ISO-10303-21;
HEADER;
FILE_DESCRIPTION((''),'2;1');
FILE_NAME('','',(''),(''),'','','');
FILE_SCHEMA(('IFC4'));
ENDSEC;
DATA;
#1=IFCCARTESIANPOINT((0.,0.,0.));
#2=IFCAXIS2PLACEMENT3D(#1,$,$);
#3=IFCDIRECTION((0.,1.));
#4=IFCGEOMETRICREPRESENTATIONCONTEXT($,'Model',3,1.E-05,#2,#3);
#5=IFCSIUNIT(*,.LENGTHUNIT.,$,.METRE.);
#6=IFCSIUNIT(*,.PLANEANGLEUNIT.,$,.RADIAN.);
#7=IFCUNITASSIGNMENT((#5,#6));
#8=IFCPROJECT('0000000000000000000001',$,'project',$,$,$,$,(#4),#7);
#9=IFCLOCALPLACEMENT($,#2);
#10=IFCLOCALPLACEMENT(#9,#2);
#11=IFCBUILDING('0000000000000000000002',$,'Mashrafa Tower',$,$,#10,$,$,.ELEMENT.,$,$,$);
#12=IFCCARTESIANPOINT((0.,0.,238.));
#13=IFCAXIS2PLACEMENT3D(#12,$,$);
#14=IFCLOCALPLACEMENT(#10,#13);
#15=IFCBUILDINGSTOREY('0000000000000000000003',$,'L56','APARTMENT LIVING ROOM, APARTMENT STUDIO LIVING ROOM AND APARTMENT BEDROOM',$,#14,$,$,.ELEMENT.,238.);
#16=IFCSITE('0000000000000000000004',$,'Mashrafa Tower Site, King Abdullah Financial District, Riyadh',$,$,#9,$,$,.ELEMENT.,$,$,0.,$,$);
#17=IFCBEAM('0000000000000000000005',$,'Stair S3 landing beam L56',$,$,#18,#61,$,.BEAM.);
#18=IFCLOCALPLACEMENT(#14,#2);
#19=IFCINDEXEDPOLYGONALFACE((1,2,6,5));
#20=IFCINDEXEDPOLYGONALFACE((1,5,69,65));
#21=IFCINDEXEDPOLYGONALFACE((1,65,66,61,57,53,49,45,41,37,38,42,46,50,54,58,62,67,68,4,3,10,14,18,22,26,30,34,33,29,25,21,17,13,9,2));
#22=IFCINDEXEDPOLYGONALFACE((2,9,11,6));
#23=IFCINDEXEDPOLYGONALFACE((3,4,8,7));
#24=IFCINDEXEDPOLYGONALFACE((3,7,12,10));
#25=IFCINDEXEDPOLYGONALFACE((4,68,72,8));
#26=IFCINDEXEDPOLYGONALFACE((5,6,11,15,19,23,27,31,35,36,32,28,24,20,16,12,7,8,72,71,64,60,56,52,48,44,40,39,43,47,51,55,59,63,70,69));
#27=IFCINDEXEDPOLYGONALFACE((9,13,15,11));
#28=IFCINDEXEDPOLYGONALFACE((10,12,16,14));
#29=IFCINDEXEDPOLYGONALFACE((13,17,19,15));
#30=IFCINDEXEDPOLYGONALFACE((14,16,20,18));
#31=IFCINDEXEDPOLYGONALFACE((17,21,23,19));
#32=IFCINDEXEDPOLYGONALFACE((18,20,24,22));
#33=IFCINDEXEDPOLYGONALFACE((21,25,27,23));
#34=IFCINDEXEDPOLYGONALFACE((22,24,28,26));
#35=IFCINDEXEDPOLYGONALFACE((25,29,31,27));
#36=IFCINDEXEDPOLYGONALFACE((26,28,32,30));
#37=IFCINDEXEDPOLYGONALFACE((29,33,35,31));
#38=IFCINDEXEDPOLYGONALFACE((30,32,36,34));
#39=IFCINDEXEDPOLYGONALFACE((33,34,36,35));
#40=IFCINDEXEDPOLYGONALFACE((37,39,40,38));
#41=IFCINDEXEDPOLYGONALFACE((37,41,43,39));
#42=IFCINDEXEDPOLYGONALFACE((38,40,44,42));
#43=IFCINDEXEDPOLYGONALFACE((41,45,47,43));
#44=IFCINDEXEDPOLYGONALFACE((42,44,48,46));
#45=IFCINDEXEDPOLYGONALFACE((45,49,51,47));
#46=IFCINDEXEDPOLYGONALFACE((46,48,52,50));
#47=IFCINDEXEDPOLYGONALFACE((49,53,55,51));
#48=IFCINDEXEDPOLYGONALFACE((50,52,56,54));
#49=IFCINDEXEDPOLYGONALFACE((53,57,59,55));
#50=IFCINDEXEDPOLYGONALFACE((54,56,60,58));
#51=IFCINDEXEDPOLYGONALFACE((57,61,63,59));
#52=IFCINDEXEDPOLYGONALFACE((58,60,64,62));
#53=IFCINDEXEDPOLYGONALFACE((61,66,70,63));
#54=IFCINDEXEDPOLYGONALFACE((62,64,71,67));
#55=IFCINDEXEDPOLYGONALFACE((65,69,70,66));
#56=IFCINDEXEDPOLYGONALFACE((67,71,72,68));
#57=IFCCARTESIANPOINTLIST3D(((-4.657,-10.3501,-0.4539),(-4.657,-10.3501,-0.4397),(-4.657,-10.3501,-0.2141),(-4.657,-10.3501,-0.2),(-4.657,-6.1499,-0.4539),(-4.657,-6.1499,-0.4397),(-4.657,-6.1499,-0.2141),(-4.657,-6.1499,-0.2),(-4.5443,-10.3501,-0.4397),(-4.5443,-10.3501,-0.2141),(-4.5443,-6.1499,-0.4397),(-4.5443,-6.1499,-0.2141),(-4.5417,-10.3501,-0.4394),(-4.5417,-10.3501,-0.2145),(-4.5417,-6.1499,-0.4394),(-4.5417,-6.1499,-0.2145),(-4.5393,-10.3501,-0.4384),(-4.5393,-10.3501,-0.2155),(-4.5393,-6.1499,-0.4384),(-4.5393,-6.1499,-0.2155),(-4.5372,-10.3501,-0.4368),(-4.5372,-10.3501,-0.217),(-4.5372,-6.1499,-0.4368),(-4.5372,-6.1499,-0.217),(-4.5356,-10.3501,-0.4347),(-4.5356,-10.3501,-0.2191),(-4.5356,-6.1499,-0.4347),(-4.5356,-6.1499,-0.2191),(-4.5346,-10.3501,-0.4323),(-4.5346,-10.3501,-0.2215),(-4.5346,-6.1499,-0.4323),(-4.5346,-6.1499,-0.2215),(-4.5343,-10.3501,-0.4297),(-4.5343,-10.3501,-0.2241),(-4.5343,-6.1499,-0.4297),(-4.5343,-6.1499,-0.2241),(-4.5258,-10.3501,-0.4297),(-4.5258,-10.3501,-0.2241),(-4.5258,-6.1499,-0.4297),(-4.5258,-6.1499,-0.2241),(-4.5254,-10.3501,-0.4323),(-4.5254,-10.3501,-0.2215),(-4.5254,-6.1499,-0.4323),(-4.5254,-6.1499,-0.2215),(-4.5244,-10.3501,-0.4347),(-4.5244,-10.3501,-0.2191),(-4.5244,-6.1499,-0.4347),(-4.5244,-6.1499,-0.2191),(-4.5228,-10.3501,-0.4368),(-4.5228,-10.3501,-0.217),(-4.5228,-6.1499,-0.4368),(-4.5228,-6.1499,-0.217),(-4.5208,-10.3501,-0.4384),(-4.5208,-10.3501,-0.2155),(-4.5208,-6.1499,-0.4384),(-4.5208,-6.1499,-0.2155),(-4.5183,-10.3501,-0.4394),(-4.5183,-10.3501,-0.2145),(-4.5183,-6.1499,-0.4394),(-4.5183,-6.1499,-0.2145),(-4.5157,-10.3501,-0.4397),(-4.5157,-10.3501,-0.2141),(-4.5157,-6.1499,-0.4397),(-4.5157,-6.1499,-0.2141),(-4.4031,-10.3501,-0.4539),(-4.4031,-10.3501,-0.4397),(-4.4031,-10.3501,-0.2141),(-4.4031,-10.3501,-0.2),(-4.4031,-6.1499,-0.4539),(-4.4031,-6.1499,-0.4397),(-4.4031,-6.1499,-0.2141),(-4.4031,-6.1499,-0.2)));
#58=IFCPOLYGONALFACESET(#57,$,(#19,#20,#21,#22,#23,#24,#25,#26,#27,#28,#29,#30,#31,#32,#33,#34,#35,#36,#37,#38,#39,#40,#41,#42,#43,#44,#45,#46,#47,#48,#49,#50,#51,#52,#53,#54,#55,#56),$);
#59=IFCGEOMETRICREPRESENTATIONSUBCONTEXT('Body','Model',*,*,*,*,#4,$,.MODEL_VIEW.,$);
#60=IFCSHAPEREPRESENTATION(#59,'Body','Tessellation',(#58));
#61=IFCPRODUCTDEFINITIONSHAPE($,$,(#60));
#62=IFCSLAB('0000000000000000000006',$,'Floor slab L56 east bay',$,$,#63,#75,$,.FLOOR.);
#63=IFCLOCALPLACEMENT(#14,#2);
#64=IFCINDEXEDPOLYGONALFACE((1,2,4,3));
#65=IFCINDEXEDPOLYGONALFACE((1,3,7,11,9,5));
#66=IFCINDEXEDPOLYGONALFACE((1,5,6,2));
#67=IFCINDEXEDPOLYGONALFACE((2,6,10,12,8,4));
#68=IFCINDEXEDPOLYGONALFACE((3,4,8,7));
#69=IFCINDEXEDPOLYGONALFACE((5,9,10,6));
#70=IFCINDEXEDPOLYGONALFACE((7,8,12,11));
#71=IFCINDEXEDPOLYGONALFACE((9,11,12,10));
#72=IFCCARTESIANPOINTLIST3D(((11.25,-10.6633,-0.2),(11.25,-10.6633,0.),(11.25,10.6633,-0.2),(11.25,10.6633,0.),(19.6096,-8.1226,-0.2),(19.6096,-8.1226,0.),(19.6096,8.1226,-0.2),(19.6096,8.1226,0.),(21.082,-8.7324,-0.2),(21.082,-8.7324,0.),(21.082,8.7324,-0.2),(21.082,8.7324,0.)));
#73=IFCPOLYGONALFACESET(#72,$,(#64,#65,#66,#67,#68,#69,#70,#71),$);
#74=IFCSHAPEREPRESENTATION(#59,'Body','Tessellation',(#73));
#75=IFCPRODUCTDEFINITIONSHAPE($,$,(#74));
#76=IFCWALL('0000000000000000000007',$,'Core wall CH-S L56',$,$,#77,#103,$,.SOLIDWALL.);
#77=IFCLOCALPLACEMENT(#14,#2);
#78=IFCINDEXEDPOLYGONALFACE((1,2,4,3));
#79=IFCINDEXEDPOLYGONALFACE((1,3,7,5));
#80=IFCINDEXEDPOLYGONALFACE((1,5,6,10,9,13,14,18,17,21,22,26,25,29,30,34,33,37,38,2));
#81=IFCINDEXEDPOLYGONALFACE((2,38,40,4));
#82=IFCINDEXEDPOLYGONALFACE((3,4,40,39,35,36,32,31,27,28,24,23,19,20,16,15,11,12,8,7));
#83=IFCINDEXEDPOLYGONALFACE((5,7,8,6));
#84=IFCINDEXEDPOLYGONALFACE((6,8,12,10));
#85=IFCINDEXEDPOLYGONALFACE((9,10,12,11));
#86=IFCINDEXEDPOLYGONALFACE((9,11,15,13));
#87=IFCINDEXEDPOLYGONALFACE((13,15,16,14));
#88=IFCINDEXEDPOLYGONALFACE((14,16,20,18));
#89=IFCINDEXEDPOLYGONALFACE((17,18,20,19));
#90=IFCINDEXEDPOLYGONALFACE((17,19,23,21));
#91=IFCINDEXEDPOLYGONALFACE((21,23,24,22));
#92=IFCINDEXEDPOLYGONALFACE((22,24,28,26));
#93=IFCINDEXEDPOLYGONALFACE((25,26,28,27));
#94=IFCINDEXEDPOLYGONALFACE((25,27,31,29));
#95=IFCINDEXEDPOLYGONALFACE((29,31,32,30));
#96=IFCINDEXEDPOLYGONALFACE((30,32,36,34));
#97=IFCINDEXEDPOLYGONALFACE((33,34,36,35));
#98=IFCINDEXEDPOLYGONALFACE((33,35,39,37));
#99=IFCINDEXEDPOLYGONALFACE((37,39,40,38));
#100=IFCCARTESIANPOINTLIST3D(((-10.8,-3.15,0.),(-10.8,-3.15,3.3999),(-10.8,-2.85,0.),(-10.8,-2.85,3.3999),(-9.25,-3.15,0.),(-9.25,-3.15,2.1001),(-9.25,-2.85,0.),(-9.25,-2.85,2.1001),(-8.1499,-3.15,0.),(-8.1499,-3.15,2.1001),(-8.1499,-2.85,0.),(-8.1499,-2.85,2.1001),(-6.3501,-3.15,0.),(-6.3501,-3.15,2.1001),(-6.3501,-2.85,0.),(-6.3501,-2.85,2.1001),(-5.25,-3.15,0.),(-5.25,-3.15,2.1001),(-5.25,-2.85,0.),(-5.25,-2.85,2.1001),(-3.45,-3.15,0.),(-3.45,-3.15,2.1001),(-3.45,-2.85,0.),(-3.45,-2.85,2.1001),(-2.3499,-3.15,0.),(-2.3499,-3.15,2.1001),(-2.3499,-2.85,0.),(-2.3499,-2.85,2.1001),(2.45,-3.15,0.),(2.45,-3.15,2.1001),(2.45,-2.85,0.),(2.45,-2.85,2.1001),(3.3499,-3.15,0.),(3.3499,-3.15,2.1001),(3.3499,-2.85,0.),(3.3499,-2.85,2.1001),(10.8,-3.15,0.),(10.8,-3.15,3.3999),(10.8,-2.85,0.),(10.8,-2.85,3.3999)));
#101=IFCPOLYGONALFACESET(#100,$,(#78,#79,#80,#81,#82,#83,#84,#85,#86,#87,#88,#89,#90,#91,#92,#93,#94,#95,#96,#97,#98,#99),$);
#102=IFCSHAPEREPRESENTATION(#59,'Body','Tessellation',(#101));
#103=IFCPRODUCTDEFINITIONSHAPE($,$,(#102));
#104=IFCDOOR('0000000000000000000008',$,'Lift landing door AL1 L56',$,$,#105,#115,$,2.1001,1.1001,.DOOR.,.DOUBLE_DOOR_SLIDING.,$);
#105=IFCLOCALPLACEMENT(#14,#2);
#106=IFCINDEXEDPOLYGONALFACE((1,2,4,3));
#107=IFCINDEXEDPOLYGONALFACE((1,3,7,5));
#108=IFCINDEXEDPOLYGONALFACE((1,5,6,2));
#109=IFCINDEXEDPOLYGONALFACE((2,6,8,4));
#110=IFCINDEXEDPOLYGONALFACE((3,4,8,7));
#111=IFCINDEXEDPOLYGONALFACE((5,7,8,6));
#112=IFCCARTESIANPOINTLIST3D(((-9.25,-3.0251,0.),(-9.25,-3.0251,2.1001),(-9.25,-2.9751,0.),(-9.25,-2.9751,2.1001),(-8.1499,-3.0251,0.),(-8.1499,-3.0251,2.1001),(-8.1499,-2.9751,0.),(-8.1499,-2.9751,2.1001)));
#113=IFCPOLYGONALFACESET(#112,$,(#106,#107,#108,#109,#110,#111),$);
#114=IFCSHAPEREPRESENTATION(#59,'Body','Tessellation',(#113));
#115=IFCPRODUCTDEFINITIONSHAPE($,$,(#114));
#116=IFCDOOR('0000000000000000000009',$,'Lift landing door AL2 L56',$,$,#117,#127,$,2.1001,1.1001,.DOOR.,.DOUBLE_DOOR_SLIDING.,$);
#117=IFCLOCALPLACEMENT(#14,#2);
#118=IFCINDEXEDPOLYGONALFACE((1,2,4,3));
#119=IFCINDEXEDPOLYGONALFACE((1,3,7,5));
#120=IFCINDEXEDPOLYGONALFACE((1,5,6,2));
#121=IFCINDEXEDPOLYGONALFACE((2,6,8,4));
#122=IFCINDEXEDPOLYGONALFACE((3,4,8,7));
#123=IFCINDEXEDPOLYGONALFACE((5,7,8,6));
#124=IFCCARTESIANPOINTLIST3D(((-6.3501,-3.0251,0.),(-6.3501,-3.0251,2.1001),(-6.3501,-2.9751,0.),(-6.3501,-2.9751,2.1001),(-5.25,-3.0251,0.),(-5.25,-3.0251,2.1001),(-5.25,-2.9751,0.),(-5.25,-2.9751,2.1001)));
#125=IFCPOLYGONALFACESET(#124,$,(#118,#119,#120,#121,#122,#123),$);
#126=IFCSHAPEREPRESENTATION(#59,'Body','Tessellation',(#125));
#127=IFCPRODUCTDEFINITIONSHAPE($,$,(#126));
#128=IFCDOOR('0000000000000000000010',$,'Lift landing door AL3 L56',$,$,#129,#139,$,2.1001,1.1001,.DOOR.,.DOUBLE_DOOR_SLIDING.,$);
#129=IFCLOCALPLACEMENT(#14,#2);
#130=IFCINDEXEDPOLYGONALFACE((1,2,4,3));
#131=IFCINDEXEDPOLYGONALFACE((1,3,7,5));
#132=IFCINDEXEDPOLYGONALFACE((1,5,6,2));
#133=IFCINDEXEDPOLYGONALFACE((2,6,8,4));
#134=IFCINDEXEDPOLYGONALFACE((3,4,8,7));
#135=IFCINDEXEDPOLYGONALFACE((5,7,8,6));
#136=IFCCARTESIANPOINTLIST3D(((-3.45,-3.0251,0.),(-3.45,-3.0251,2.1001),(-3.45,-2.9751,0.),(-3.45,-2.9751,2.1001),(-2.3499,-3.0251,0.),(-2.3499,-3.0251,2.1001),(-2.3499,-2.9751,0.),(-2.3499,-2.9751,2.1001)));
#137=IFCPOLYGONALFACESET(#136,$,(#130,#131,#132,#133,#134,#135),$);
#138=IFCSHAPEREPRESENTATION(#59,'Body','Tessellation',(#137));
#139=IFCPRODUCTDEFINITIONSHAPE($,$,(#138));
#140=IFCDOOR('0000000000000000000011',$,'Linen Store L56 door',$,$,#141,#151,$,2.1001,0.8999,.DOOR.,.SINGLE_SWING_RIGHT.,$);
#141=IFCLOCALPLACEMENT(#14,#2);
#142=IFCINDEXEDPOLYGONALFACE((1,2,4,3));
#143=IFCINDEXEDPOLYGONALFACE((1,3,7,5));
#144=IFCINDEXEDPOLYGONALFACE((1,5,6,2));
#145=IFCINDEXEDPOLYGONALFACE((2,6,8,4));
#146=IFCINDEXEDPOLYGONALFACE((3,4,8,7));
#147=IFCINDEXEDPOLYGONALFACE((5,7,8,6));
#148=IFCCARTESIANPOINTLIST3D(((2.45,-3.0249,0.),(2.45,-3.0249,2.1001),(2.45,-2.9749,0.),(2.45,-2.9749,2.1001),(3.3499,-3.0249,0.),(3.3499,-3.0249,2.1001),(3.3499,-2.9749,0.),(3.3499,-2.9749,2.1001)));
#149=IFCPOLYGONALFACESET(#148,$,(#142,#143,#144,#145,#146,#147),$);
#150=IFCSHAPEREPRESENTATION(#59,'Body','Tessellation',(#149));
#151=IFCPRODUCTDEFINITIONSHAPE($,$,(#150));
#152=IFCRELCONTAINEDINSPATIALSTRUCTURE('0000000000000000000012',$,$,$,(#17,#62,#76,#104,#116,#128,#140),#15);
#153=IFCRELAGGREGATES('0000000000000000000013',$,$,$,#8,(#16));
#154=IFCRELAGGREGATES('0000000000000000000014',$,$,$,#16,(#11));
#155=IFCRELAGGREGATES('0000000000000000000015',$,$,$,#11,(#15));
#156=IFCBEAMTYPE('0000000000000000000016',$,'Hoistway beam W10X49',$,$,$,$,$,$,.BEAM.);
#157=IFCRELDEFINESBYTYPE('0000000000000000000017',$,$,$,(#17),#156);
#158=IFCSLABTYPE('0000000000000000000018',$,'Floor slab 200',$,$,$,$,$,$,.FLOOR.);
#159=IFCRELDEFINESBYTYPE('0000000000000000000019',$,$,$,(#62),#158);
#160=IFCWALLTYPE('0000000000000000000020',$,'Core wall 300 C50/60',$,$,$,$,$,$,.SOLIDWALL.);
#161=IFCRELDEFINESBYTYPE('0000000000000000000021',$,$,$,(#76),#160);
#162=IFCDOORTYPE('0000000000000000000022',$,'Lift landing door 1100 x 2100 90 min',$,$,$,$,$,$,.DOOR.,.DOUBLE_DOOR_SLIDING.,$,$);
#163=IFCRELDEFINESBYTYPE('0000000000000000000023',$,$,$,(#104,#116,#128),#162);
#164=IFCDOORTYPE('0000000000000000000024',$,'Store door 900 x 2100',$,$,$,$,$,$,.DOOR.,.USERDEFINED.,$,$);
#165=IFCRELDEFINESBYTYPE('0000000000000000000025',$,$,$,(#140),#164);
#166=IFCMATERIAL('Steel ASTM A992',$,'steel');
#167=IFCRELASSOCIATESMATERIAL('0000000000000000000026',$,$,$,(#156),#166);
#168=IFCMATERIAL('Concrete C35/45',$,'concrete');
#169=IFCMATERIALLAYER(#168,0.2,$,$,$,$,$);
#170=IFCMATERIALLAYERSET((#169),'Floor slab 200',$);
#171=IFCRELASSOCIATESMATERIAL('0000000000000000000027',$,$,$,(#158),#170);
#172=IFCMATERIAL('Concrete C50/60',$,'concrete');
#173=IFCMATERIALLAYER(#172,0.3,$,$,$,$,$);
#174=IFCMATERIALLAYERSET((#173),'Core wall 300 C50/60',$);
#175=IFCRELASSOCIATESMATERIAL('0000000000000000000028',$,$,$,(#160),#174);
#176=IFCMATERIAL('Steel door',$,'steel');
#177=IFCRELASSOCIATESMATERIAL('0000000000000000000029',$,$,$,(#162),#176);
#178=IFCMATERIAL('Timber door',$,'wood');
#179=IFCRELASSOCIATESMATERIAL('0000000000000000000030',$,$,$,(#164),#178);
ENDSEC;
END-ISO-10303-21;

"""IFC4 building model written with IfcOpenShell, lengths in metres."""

from ifc_helpers import new_model, si_unit, direction, frame, frame_2d, origin, origin_2d, place, context, subcontext, project, spatial, polyline, rectangle, i_section, outline, extrude, material, layer, layer_set, material_profile, profile_set, type_object, element, fill, save


model = new_model("IFC4")

# Units and contexts
model_context = context("Model", 3, precision=1e-05, world=origin(), true_north=direction((0.0, 1.0)))
body_context = subcontext(model_context, "Body", "Model", "MODEL_VIEW")
ifc_project = project(units=[si_unit("LENGTHUNIT", "METRE"), si_unit("PLANEANGLEUNIT", "RADIAN")], contexts=[model_context])

# Site, building, storey
site_placement = place(None, origin())
site = spatial("IfcSite", under=ifc_project, at=site_placement, Name="Mashrafa Tower Site, King Abdullah Financial District, Riyadh", CompositionType="ELEMENT", RefElevation=0.0)
building_placement = place(site_placement, origin())
building = spatial("IfcBuilding", under=site, at=building_placement, Name="Mashrafa Tower", CompositionType="ELEMENT")
storey_placement = place(building_placement, frame((0.0, 0.0, 238.0)))
storey = spatial("IfcBuildingStorey", under=building, at=storey_placement, Name="L56", Description="APARTMENT LIVING ROOM, APARTMENT STUDIO LIVING ROOM AND APARTMENT BEDROOM", CompositionType="ELEMENT", Elevation=238.0)

# Beam
ifc_material_1 = material(Name="Steel ASTM A992", Category="steel")
ifc_material_profile_1 = material_profile(ifc_material_1, i_section(OverallWidth=0.2539, OverallDepth=0.2539, WebThickness=0.0085, FlangeThickness=0.0142, FilletRadius=0.01, at=origin_2d()), Name="W10X49")
ifc_profile_set_1 = profile_set([ifc_material_profile_1], Name="Steel ASTM A992")
beam_type_1 = type_object("IfcBeamType", Name="Hoistway beam W10X49", PredefinedType="BEAM", material=ifc_profile_set_1)
beam_1_placement = place(storey_placement, frame((-4.53, -10.3501, -0.3269), z_axis=(0.0, 1.0, 0.0), x_axis=(-1.0, 0.0, 0.0)))
element("IfcBeam", 1, at=beam_1_placement, inside=storey, type_object=beam_type_1, Name="Stair S3 landing beam L56", PredefinedType="BEAM", context=body_context, shape_type="SweptSolid", body=[
    extrude(i_section(OverallWidth=0.2539, OverallDepth=0.2539, WebThickness=0.0085, FlangeThickness=0.0142, FilletRadius=0.01, at=origin_2d()), origin(), (0.0, 0.0, 1.0), 4.2002),
])

# Slab
ifc_material_2 = material(Name="Concrete C35/45", Category="concrete")
ifc_layer_1 = layer(ifc_material_2, 0.2)
ifc_layer_set_1 = layer_set([ifc_layer_1], Name="Floor slab 200")
slab_type = type_object("IfcSlabType", Name="Floor slab 200", PredefinedType="FLOOR", material=ifc_layer_set_1)
slab_placement = place(storey_placement, frame((0.0, 0.0, -0.2)))
element("IfcSlab", 2, at=slab_placement, inside=storey, type_object=slab_type, Name="Floor slab L56 east bay", PredefinedType="FLOOR", context=body_context, shape_type="SweptSolid", body=[
    extrude(outline(polyline([(21.082, -8.7324), (19.6096, -8.1226), (11.25, -10.6633), (11.25, 10.6633), (19.6096, 8.1226), (21.082, 8.7324), (21.082, -8.7324)])), origin(), (0.0, 0.0, 1.0), 0.2),
])

# Wall, openings, doors
ifc_material_3 = material(Name="Concrete C50/60", Category="concrete")
ifc_layer_2 = layer(ifc_material_3, 0.3)
ifc_layer_set_2 = layer_set([ifc_layer_2], Name="Core wall 300 C50/60")
wall_type_1 = type_object("IfcWallType", Name="Core wall 300 C50/60", PredefinedType="SOLIDWALL", material=ifc_layer_set_2)
wall_1_placement = place(storey_placement, frame((-10.8, -3.0, 0.0), z_axis=(0.0, 0.0, 1.0), x_axis=(1.0, 0.0, 0.0)))
wall_1 = element("IfcWall", 3, at=wall_1_placement, inside=storey, type_object=wall_type_1, Name="Core wall CH-S L56", PredefinedType="SOLIDWALL", context=body_context, shape_type="SweptSolid", body=[
    extrude(rectangle(XDim=21.6001, YDim=0.3, at=frame_2d((10.8, 0.0))), origin(), (0.0, 0.0, 1.0), 3.3999),
])
opening_1_placement = place(wall_1_placement, frame((13.25, 0.0, 0.0)))
opening_1 = element("IfcOpeningElement", 4, at=opening_1_placement, cuts=wall_1, PredefinedType="OPENING", context=body_context, shape_type="SweptSolid", body=[
    extrude(rectangle(XDim=0.8999, YDim=2.1001, at=frame_2d((0.45, 1.05))), frame((0.0, 0.1599, 0.0), z_axis=(0.0, -1.0, 0.0), x_axis=(1.0, 0.0, 0.0)), (0.0, 0.0, 1.0), 0.3201),
])
opening_2_placement = place(wall_1_placement, frame((1.55, 0.0, 0.0)))
opening_2 = element("IfcOpeningElement", 5, at=opening_2_placement, cuts=wall_1, PredefinedType="OPENING", context=body_context, shape_type="SweptSolid", body=[
    extrude(rectangle(XDim=1.1001, YDim=2.1001, at=frame_2d((0.55, 1.05))), frame((0.0, 0.1599, 0.0), z_axis=(0.0, -1.0, 0.0), x_axis=(1.0, 0.0, 0.0)), (0.0, 0.0, 1.0), 0.3201),
])
opening_3_placement = place(wall_1_placement, frame((4.45, 0.0, 0.0)))
opening_3 = element("IfcOpeningElement", 6, at=opening_3_placement, cuts=wall_1, PredefinedType="OPENING", context=body_context, shape_type="SweptSolid", body=[
    extrude(rectangle(XDim=1.1001, YDim=2.1001, at=frame_2d((0.55, 1.05))), frame((0.0, 0.1599, 0.0), z_axis=(0.0, -1.0, 0.0), x_axis=(1.0, 0.0, 0.0)), (0.0, 0.0, 1.0), 0.3201),
])
opening_4_placement = place(wall_1_placement, frame((7.3501, 0.0, 0.0)))
opening_4 = element("IfcOpeningElement", 7, at=opening_4_placement, cuts=wall_1, PredefinedType="OPENING", context=body_context, shape_type="SweptSolid", body=[
    extrude(rectangle(XDim=1.1001, YDim=2.1001, at=frame_2d((0.55, 1.05))), frame((0.0, 0.1599, 0.0), z_axis=(0.0, -1.0, 0.0), x_axis=(1.0, 0.0, 0.0)), (0.0, 0.0, 1.0), 0.3201),
])
ifc_material_4 = material(Name="Steel door", Category="steel")
door_type_1 = type_object("IfcDoorType", Name="Lift landing door 1100 x 2100 90 min", OperationType="DOUBLE_DOOR_SLIDING", PredefinedType="DOOR", material=ifc_material_4)
door_1_placement = place(opening_2_placement, origin())
door_1 = element("IfcDoor", 8, at=door_1_placement, inside=storey, type_object=door_type_1, Name="Lift landing door AL1 L56", OperationType="DOUBLE_DOOR_SLIDING", OverallHeight=2.1001, OverallWidth=1.1001, PredefinedType="DOOR", context=body_context, shape_type="SweptSolid", body=[
    extrude(rectangle(XDim=1.1001, YDim=2.1001, at=frame_2d((0.55, 1.05))), frame((0.0, 0.0249, 0.0), z_axis=(0.0, -1.0, 0.0), x_axis=(1.0, 0.0, 0.0)), (0.0, 0.0, 1.0), 0.05),
])
fill(opening_2, door_1)
door_2_placement = place(opening_3_placement, origin())
door_2 = element("IfcDoor", 9, at=door_2_placement, inside=storey, type_object=door_type_1, Name="Lift landing door AL2 L56", OperationType="DOUBLE_DOOR_SLIDING", OverallHeight=2.1001, OverallWidth=1.1001, PredefinedType="DOOR", context=body_context, shape_type="SweptSolid", body=[
    extrude(rectangle(XDim=1.1001, YDim=2.1001, at=frame_2d((0.55, 1.05))), frame((0.0, 0.0249, 0.0), z_axis=(0.0, -1.0, 0.0), x_axis=(1.0, 0.0, 0.0)), (0.0, 0.0, 1.0), 0.05),
])
fill(opening_3, door_2)
door_3_placement = place(opening_4_placement, origin())
door_3 = element("IfcDoor", 10, at=door_3_placement, inside=storey, type_object=door_type_1, Name="Lift landing door AL3 L56", OperationType="DOUBLE_DOOR_SLIDING", OverallHeight=2.1001, OverallWidth=1.1001, PredefinedType="DOOR", context=body_context, shape_type="SweptSolid", body=[
    extrude(rectangle(XDim=1.1001, YDim=2.1001, at=frame_2d((0.55, 1.05))), frame((0.0, 0.0249, 0.0), z_axis=(0.0, -1.0, 0.0), x_axis=(1.0, 0.0, 0.0)), (0.0, 0.0, 1.0), 0.05),
])
fill(opening_4, door_3)
ifc_material_5 = material(Name="Timber door", Category="wood")
door_type_2 = type_object("IfcDoorType", Name="Store door 900 x 2100", OperationType="USERDEFINED", PredefinedType="DOOR", material=ifc_material_5)
door_4_placement = place(opening_1_placement, frame((0.8999, 0.0, 0.0), z_axis=(0.0, 0.0, 1.0), x_axis=(-1.0, 0.0, 0.0)))
door_4 = element("IfcDoor", 11, at=door_4_placement, inside=storey, type_object=door_type_2, Name="Linen Store L56 door", OperationType="SINGLE_SWING_RIGHT", OverallHeight=2.1001, OverallWidth=0.8999, PredefinedType="DOOR", context=body_context, shape_type="SweptSolid", body=[
    extrude(rectangle(XDim=0.8999, YDim=2.1001, at=frame_2d((0.45, 1.05))), frame((0.0, 0.0249, 0.0), z_axis=(0.0, -1.0, 0.0), x_axis=(1.0, 0.0, 0.0)), (0.0, 0.0, 1.0), 0.05),
])
fill(opening_1, door_4)

save(model, "model.ifc")
